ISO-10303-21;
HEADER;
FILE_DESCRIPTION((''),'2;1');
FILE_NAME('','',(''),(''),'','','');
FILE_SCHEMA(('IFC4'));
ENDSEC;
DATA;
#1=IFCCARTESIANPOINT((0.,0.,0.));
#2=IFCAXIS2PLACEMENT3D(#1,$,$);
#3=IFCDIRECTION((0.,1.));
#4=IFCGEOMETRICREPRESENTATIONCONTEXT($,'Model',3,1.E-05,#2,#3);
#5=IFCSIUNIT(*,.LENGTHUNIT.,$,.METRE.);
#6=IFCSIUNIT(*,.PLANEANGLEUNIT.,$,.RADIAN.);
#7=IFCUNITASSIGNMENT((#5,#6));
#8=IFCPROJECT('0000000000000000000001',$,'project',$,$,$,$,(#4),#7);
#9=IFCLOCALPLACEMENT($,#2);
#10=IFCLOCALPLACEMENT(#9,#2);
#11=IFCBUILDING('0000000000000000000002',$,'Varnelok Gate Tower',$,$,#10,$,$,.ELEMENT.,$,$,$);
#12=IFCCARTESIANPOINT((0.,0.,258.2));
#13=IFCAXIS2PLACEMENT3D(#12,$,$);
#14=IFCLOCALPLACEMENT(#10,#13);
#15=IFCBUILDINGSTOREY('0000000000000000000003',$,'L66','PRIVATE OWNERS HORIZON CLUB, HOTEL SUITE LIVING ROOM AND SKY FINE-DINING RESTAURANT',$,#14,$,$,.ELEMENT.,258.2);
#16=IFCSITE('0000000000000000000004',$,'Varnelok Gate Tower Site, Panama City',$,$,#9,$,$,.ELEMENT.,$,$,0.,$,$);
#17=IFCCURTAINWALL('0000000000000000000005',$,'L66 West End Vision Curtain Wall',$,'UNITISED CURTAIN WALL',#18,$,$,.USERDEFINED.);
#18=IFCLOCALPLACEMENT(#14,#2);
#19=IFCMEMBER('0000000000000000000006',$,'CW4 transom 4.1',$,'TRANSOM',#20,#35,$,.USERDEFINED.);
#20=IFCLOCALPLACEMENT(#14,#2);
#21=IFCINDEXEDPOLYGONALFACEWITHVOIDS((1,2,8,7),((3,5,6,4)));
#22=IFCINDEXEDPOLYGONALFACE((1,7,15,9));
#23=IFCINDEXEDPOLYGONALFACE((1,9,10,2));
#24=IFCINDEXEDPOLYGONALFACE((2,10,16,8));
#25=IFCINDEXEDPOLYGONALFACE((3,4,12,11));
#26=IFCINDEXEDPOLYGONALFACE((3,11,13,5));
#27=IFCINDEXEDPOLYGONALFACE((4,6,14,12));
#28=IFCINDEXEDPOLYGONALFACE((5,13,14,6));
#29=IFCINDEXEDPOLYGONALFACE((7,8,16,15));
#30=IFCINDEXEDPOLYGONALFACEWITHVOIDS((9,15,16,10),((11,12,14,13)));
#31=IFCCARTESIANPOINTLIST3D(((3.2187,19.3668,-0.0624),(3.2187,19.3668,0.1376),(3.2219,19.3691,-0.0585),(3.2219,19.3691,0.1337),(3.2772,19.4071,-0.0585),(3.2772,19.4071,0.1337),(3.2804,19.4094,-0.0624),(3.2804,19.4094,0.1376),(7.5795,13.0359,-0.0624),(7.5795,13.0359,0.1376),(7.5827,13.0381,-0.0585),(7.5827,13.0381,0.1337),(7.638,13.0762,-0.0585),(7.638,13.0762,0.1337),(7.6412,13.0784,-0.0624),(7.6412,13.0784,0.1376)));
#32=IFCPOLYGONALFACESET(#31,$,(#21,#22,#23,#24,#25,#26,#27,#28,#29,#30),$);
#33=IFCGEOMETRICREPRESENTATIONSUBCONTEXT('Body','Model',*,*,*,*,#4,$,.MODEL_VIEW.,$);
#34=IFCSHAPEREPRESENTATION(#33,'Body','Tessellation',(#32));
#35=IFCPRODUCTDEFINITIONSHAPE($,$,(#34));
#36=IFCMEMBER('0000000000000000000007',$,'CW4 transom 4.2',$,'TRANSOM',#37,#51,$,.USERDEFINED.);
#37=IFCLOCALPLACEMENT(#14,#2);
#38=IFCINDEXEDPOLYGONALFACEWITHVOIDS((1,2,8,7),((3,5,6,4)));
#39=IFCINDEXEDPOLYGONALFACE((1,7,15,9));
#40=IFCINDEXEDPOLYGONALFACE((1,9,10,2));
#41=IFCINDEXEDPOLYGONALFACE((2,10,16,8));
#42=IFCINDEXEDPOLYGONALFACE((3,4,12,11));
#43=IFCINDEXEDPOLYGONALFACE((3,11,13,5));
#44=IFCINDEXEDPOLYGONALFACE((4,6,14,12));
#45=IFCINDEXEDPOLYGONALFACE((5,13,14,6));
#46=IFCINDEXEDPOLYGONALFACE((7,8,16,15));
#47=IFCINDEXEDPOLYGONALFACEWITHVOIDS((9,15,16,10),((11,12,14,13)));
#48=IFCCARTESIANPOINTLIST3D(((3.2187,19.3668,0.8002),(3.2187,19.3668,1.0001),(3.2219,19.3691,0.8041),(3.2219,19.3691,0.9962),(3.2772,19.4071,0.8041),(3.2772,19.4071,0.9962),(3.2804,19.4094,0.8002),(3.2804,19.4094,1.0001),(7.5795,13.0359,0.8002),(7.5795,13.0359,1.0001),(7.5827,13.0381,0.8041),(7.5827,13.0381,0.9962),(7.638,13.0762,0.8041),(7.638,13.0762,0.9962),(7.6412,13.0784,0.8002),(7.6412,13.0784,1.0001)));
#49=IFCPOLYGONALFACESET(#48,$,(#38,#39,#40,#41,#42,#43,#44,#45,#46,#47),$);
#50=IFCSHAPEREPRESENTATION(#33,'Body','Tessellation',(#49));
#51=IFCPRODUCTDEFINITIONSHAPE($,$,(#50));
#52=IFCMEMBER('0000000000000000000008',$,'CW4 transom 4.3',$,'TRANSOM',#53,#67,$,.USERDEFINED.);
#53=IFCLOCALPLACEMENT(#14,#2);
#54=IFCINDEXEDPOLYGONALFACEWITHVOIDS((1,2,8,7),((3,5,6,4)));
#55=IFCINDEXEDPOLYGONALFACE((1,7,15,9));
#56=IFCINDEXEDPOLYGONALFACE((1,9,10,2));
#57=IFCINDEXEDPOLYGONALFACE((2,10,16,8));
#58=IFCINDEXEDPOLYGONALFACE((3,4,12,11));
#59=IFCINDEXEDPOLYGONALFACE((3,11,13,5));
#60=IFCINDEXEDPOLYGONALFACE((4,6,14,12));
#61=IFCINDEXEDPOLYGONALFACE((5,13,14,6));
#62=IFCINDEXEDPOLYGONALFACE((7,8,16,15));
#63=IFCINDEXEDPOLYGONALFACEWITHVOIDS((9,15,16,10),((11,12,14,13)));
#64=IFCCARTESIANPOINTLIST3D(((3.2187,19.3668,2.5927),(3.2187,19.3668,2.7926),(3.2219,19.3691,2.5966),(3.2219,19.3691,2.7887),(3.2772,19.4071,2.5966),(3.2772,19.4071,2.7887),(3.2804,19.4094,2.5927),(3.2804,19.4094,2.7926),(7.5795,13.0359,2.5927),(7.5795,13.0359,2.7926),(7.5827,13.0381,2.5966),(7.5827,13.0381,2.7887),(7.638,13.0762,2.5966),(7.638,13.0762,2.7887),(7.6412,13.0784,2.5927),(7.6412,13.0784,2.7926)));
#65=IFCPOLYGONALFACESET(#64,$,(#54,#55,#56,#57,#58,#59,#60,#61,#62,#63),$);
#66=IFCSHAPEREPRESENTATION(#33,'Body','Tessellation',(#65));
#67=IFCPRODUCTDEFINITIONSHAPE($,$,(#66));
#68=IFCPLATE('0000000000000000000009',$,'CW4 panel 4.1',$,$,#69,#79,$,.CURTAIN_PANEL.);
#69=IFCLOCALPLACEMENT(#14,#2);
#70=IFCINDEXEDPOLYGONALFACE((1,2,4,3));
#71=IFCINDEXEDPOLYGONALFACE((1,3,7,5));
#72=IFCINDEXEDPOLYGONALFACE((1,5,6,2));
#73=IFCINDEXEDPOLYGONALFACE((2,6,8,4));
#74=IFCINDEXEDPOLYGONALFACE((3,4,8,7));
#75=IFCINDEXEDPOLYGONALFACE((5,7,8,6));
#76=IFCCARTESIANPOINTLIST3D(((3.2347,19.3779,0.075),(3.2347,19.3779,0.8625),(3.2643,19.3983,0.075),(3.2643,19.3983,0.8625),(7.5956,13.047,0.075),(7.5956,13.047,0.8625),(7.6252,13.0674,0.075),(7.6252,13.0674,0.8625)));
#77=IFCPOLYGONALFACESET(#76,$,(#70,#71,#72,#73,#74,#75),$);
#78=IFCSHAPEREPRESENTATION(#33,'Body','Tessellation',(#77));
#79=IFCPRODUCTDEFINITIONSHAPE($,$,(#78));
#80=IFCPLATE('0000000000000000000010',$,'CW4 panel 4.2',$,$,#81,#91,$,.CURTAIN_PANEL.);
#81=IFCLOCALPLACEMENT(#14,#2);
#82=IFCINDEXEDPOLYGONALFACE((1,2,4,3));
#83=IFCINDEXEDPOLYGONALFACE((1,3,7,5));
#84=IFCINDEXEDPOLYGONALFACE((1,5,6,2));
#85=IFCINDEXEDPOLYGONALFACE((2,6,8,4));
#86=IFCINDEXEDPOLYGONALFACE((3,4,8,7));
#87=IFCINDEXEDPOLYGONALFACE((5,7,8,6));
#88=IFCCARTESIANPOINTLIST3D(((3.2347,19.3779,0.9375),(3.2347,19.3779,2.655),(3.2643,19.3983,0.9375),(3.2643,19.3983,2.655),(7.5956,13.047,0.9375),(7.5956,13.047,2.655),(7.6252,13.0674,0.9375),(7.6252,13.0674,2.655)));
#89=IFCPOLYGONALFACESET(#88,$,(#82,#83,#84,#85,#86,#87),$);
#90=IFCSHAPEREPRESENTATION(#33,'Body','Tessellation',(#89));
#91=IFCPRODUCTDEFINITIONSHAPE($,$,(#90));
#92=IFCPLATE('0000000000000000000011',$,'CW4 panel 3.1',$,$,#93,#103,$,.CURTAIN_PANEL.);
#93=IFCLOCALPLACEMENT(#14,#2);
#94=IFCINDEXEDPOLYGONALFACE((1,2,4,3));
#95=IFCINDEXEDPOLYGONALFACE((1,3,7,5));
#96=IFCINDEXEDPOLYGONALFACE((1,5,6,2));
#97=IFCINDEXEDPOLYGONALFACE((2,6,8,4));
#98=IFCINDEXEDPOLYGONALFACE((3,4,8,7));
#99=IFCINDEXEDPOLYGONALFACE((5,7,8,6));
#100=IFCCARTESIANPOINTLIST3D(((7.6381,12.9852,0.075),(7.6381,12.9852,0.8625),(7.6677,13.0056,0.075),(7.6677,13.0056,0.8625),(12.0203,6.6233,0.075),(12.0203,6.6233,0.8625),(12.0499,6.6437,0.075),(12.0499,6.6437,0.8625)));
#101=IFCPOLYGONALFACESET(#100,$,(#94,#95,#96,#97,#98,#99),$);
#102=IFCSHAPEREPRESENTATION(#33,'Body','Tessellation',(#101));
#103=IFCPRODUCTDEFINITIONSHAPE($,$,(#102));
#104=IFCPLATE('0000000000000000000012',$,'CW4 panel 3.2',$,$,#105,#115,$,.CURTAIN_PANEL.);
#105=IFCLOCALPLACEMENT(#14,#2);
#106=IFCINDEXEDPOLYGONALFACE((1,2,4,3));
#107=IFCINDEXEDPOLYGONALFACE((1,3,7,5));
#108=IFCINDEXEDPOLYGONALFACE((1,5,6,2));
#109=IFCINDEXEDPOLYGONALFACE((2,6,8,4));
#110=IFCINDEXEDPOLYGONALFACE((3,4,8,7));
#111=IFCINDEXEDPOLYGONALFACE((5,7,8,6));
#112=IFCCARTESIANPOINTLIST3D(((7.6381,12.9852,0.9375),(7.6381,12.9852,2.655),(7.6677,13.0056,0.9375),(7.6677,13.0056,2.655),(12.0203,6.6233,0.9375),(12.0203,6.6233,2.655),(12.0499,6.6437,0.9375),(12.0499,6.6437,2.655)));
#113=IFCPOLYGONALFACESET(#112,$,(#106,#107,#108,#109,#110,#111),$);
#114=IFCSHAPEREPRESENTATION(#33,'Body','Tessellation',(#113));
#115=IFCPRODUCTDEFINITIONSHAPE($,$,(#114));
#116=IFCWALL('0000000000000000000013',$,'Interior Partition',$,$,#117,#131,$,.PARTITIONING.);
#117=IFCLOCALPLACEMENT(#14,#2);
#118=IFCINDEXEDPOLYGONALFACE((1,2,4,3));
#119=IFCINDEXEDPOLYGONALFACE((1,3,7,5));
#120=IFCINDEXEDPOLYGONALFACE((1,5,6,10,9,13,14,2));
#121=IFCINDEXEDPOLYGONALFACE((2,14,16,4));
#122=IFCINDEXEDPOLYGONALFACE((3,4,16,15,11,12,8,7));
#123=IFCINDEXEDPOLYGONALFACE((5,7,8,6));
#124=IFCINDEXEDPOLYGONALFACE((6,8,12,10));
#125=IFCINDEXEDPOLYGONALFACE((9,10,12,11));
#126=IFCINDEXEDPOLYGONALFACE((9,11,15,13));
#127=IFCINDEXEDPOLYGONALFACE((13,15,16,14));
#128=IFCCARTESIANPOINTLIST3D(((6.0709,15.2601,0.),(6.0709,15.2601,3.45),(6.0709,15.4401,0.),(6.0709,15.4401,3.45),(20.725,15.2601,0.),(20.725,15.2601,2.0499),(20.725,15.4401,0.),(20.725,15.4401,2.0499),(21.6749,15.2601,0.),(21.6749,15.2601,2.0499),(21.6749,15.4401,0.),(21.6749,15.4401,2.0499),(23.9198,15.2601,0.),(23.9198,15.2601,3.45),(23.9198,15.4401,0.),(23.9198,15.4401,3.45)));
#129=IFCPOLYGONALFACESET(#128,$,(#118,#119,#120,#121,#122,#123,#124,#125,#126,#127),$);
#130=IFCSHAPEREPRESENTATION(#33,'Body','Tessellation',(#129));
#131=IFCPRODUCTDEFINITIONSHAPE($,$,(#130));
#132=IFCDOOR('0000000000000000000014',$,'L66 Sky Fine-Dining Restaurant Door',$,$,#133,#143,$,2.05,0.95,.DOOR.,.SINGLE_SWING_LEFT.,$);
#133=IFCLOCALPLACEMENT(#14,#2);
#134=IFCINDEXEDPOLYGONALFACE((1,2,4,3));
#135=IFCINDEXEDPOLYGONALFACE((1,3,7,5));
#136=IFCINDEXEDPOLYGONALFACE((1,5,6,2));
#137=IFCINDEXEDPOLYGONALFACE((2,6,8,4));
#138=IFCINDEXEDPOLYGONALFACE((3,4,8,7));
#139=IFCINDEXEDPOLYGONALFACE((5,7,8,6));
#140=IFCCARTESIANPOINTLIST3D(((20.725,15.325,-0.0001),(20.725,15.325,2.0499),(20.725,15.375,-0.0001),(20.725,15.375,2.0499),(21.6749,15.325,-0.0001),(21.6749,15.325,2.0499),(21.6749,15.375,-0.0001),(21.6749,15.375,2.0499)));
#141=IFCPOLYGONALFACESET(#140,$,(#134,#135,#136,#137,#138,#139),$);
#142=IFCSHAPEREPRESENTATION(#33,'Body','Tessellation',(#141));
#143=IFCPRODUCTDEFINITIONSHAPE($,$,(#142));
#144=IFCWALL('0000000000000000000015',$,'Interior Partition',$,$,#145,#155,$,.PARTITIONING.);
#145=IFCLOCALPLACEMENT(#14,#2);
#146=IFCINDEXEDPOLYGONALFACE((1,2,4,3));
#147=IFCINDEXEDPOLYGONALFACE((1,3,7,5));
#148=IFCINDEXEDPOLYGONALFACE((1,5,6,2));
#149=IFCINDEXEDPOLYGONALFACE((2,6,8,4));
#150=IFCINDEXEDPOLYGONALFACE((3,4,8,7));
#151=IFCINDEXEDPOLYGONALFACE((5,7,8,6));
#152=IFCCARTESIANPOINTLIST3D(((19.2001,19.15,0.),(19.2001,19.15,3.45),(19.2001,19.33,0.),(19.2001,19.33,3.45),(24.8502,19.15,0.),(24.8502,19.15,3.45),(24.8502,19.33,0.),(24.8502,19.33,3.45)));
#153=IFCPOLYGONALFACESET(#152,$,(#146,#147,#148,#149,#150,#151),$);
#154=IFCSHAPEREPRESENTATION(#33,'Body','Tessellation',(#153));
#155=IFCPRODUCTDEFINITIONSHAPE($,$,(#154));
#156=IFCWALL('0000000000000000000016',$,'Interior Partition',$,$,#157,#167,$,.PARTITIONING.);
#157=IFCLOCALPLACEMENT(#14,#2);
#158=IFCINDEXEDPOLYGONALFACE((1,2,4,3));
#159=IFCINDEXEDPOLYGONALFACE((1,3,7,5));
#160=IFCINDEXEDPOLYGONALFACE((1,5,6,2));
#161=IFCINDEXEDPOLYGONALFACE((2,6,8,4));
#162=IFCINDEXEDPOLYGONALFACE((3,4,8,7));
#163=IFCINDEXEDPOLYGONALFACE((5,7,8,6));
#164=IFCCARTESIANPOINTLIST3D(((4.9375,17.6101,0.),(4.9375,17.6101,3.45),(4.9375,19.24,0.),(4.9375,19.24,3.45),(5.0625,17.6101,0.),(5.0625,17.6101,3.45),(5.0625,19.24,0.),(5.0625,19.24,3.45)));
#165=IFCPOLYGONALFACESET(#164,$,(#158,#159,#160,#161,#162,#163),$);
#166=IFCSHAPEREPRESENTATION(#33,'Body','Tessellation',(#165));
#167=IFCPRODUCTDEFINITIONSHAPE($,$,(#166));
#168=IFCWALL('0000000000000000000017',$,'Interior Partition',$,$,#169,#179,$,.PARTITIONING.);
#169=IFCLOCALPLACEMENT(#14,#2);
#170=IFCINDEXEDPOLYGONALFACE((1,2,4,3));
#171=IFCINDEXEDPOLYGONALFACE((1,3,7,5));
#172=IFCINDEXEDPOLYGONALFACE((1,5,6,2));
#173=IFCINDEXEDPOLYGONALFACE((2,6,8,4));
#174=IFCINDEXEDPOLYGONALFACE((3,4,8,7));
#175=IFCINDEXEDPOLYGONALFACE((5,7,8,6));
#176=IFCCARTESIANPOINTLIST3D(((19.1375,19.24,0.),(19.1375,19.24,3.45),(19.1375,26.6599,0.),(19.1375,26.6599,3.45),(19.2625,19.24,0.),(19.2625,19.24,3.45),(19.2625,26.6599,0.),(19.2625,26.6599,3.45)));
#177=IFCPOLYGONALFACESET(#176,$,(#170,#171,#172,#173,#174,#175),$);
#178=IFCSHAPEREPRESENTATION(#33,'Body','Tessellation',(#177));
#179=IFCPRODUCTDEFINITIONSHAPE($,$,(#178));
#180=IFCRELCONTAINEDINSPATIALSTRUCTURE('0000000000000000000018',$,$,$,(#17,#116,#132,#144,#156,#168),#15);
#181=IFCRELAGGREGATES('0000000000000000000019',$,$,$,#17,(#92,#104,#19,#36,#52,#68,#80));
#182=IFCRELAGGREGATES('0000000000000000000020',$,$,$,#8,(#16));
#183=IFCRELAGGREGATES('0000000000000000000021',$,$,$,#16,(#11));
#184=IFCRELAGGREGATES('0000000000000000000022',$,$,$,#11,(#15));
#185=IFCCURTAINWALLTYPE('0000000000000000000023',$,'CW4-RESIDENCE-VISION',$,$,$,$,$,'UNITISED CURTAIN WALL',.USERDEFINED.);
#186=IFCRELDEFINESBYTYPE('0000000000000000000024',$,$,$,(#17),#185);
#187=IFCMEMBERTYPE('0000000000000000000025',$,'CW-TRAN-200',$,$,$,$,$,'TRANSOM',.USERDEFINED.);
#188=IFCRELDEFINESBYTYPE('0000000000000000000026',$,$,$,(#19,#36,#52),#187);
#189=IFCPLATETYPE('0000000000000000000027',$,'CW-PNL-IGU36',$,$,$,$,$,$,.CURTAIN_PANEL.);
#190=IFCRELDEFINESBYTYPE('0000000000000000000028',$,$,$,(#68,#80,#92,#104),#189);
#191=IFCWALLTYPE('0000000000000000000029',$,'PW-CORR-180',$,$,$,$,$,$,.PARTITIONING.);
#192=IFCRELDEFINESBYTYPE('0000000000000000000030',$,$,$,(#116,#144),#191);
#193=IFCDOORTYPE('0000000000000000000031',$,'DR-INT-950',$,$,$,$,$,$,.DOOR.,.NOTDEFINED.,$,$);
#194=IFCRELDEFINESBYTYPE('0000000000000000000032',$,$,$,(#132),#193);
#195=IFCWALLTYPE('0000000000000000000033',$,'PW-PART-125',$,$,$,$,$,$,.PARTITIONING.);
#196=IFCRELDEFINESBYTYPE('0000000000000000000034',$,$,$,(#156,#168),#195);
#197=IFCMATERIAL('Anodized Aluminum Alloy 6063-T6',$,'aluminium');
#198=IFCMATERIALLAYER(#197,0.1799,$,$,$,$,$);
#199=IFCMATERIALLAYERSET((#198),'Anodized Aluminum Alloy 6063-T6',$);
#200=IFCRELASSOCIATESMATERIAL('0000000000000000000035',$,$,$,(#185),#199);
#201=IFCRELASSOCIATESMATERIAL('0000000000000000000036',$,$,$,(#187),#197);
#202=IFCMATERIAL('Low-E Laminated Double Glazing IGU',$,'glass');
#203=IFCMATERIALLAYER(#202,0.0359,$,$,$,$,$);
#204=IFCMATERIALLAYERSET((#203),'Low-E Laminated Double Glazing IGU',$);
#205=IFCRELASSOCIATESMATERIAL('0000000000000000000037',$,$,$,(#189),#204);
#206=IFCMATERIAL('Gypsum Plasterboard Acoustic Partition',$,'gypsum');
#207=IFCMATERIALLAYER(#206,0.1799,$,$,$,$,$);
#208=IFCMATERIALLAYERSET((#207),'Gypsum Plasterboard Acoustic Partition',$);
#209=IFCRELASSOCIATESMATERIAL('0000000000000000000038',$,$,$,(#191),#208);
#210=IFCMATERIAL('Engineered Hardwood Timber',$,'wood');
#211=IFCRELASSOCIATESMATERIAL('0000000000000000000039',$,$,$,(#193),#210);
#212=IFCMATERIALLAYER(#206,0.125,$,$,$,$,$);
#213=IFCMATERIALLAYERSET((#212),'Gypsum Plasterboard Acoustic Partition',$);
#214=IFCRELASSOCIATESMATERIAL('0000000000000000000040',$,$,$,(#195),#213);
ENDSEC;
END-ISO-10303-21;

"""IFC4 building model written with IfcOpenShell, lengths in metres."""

from ifc_helpers import new_model, si_unit, direction, frame, frame_2d, origin, origin_2d, place, context, subcontext, project, spatial, rectangle, hollow_rectangle, extrude, source, transform, mapped, material, layer, layer_set, material_profile, profile_set, type_object, element, fill, aggregate, save


model = new_model("IFC4")

# Units and contexts
model_context = context("Model", 3, precision=1e-05, world=origin(), true_north=direction((0.0, 1.0)))
body_context = subcontext(model_context, "Body", "Model", "MODEL_VIEW")
ifc_project = project(units=[si_unit("LENGTHUNIT", "METRE"), si_unit("PLANEANGLEUNIT", "RADIAN")], contexts=[model_context])

# Site, building, storey
site_placement = place(None, origin())
site = spatial("IfcSite", under=ifc_project, at=site_placement, Name="Varnelok Gate Tower Site, Panama City", CompositionType="ELEMENT", RefElevation=0.0)
building_placement = place(site_placement, origin())
building = spatial("IfcBuilding", under=site, at=building_placement, Name="Varnelok Gate Tower", CompositionType="ELEMENT")
storey_placement = place(building_placement, frame((0.0, 0.0, 258.2)))
storey = spatial("IfcBuildingStorey", under=building, at=storey_placement, Name="L66", Description="PRIVATE OWNERS HORIZON CLUB, HOTEL SUITE LIVING ROOM AND SKY FINE-DINING RESTAURANT", CompositionType="ELEMENT", Elevation=258.2)

# Curtain wall, members, plates
ifc_material_1 = material(Name="Anodized Aluminum Alloy 6063-T6", Category="aluminium")
ifc_layer_1 = layer(ifc_material_1, 0.1799)
ifc_layer_set_1 = layer_set([ifc_layer_1], Name="Anodized Aluminum Alloy 6063-T6")
curtain_wall_type = type_object("IfcCurtainWallType", Name="CW4-RESIDENCE-VISION", ElementType="UNITISED CURTAIN WALL", PredefinedType="USERDEFINED", material=ifc_layer_set_1)
curtain_wall_placement = place(storey_placement, origin())
curtain_wall = element("IfcCurtainWall", 1, at=curtain_wall_placement, inside=storey, type_object=curtain_wall_type, Name="L66 West End Vision Curtain Wall", ObjectType="UNITISED CURTAIN WALL", PredefinedType="USERDEFINED")
ifc_material_profile_1 = material_profile(ifc_material_1, hollow_rectangle(XDim=0.075, YDim=0.2, WallThickness=0.0039, at=origin_2d()), Name="ALU200X75X4")
ifc_profile_set_1 = profile_set([ifc_material_profile_1], Name="Anodized Aluminum Alloy 6063-T6")
member_type_1 = type_object("IfcMemberType", Name="CW-TRAN-200", ElementType="TRANSOM", PredefinedType="USERDEFINED", material=ifc_profile_set_1)
member_1_placement = place(storey_placement, frame((7.6104, 13.0571, 0.0376), z_axis=(-0.567256, 0.823541, 0.0), x_axis=(-0.823541, -0.567256, 0.0)))
member_1 = element("IfcMember", 2, at=member_1_placement, type_object=member_type_1, Name="CW4 transom 4.1", ObjectType="TRANSOM", PredefinedType="USERDEFINED", context=body_context, shape_type="SweptSolid", body=[
    extrude(hollow_rectangle(XDim=0.075, YDim=0.2, WallThickness=0.0039, at=origin_2d()), origin(), (0.0, 0.0, 1.0), 7.6875),
])
member_2_placement = place(storey_placement, frame((7.6104, 13.0571, 0.9001), z_axis=(-0.567256, 0.823541, 0.0), x_axis=(-0.823541, -0.567256, 0.0)))
member_2 = element("IfcMember", 3, at=member_2_placement, type_object=member_type_1, Name="CW4 transom 4.2", ObjectType="TRANSOM", PredefinedType="USERDEFINED", context=body_context, shape_type="SweptSolid", body=[
    extrude(hollow_rectangle(XDim=0.075, YDim=0.2, WallThickness=0.0039, at=origin_2d()), origin(), (0.0, 0.0, 1.0), 7.6875),
])
member_3_placement = place(storey_placement, frame((7.6104, 13.0571, 2.6926), z_axis=(-0.567256, 0.823541, 0.0), x_axis=(-0.823541, -0.567256, 0.0)))
member_3 = element("IfcMember", 4, at=member_3_placement, type_object=member_type_1, Name="CW4 transom 4.3", ObjectType="TRANSOM", PredefinedType="USERDEFINED", context=body_context, shape_type="SweptSolid", body=[
    extrude(hollow_rectangle(XDim=0.075, YDim=0.2, WallThickness=0.0039, at=origin_2d()), origin(), (0.0, 0.0, 1.0), 7.6875),
])
ifc_material_2 = material(Name="Low-E Laminated Double Glazing IGU", Category="glass")
ifc_layer_2 = layer(ifc_material_2, 0.0359)
ifc_layer_set_2 = layer_set([ifc_layer_2], Name="Low-E Laminated Double Glazing IGU")
plate_type = type_object("IfcPlateType", Name="CW-PNL-IGU36", PredefinedType="CURTAIN_PANEL", material=ifc_layer_set_2)
shared_shape_1 = source(origin(), body_context, "Body", "SweptSolid", [
    extrude(rectangle(XDim=7.6875, YDim=0.0359, at=origin_2d()), origin(), (0.0, 0.0, 1.0), 0.7876),
])
plate_1_placement = place(storey_placement, frame((5.4299, 16.2227, 0.075), z_axis=(0.0, 0.0, 1.0), x_axis=(-0.567269, 0.823532, 0.0)))
plate_1 = element("IfcPlate", 5, at=plate_1_placement, type_object=plate_type, Name="CW4 panel 4.1", PredefinedType="CURTAIN_PANEL", context=body_context, shape_type="MappedRepresentation", body=[
    mapped(shared_shape_1, transform((0.0, 0.0, 0.0), scale=1.0)),
])
shared_shape_2 = source(origin(), body_context, "Body", "SweptSolid", [
    extrude(rectangle(XDim=7.6875, YDim=0.0359, at=origin_2d()), origin(), (0.0, 0.0, 1.0), 1.7175),
])
plate_2_placement = place(storey_placement, frame((5.4299, 16.2227, 0.9375), z_axis=(0.0, 0.0, 1.0), x_axis=(-0.567269, 0.823532, 0.0)))
plate_2 = element("IfcPlate", 6, at=plate_2_placement, type_object=plate_type, Name="CW4 panel 4.2", PredefinedType="CURTAIN_PANEL", context=body_context, shape_type="MappedRepresentation", body=[
    mapped(shared_shape_2, transform((0.0, 0.0, 0.0), scale=1.0)),
])
shared_shape_3 = source(origin(), body_context, "Body", "SweptSolid", [
    extrude(rectangle(XDim=7.7251, YDim=0.0359, at=origin_2d()), origin(), (0.0, 0.0, 1.0), 0.7876),
])
plate_3_placement = place(storey_placement, frame((9.844, 9.8145, 0.075), z_axis=(0.0, 0.0, 1.0), x_axis=(-0.567269, 0.823532, 0.0)))
plate_3 = element("IfcPlate", 7, at=plate_3_placement, type_object=plate_type, Name="CW4 panel 3.1", PredefinedType="CURTAIN_PANEL", context=body_context, shape_type="MappedRepresentation", body=[
    mapped(shared_shape_3, transform((0.0, 0.0, 0.0), scale=1.0)),
])
shared_shape_4 = source(origin(), body_context, "Body", "SweptSolid", [
    extrude(rectangle(XDim=7.7251, YDim=0.0359, at=origin_2d()), origin(), (0.0, 0.0, 1.0), 1.7175),
])
plate_4_placement = place(storey_placement, frame((9.844, 9.8145, 0.9375), z_axis=(0.0, 0.0, 1.0), x_axis=(-0.567269, 0.823532, 0.0)))
plate_4 = element("IfcPlate", 8, at=plate_4_placement, type_object=plate_type, Name="CW4 panel 3.2", PredefinedType="CURTAIN_PANEL", context=body_context, shape_type="MappedRepresentation", body=[
    mapped(shared_shape_4, transform((0.0, 0.0, 0.0), scale=1.0)),
])
aggregate(curtain_wall, [plate_3, plate_4, member_1, member_2, member_3, plate_1, plate_2])

# Wall, opening, door
ifc_material_3 = material(Name="Gypsum Plasterboard Acoustic Partition", Category="gypsum")
ifc_layer_3 = layer(ifc_material_3, 0.1799)
ifc_layer_set_3 = layer_set([ifc_layer_3], Name="Gypsum Plasterboard Acoustic Partition")
wall_type_1 = type_object("IfcWallType", Name="PW-CORR-180", PredefinedType="PARTITIONING", material=ifc_layer_set_3)
wall_1_placement = place(storey_placement, frame((6.071, 15.3501, 0.0), z_axis=(0.0, 0.0, 1.0), x_axis=(1.0, 0.0, 0.0)))
wall_1 = element("IfcWall", 9, at=wall_1_placement, inside=storey, type_object=wall_type_1, Name="Interior Partition", PredefinedType="PARTITIONING", context=body_context, shape_type="SweptSolid", body=[
    extrude(rectangle(XDim=17.8489, YDim=0.1799, at=frame_2d((8.9243, 0.0))), origin(), (0.0, 0.0, 1.0), 3.45),
])
opening_1_placement = place(wall_1_placement, frame((14.6538, 0.0, 0.0)))
opening_1 = element("IfcOpeningElement", 10, at=opening_1_placement, cuts=wall_1, PredefinedType="OPENING", context=body_context, shape_type="SweptSolid", body=[
    extrude(rectangle(XDim=0.95, YDim=2.05, at=frame_2d((0.4751, 1.0249))), frame((0.0, 0.0999, 0.0), z_axis=(0.0, -1.0, 0.0), x_axis=(1.0, 0.0, 0.0)), (0.0, 0.0, 1.0), 0.2),
])
ifc_material_4 = material(Name="Engineered Hardwood Timber", Category="wood")
door_type_1 = type_object("IfcDoorType", Name="DR-INT-950", OperationType="NOTDEFINED", PredefinedType="DOOR", material=ifc_material_4)
door_1_placement = place(opening_1_placement, origin())
door_1 = element("IfcDoor", 11, at=door_1_placement, inside=storey, type_object=door_type_1, Name="L66 Sky Fine-Dining Restaurant Door", OperationType="SINGLE_SWING_LEFT", OverallHeight=2.05, OverallWidth=0.95, PredefinedType="DOOR", context=body_context, shape_type="SweptSolid", body=[
    extrude(rectangle(XDim=0.95, YDim=2.05, at=frame_2d((0.4751, 1.0249))), frame((0.0, 0.0249, 0.0), z_axis=(0.0, -1.0, 0.0), x_axis=(1.0, 0.0, 0.0)), (0.0, 0.0, 1.0), 0.05),
])
fill(opening_1, door_1)

# Walls
wall_2_placement = place(storey_placement, frame((19.2, 19.24, 0.0), z_axis=(0.0, 0.0, 1.0), x_axis=(1.0, 0.0, 0.0)))
element("IfcWall", 12, at=wall_2_placement, inside=storey, type_object=wall_type_1, Name="Interior Partition", PredefinedType="PARTITIONING", context=body_context, shape_type="SweptSolid", body=[
    extrude(rectangle(XDim=5.6501, YDim=0.1799, at=frame_2d((2.8252, 0.0))), origin(), (0.0, 0.0, 1.0), 3.45),
])
ifc_layer_4 = layer(ifc_material_3, 0.125)
ifc_layer_set_4 = layer_set([ifc_layer_4], Name="Gypsum Plasterboard Acoustic Partition")
wall_type_2 = type_object("IfcWallType", Name="PW-PART-125", PredefinedType="PARTITIONING", material=ifc_layer_set_4)
wall_3_placement = place(storey_placement, frame((5.0, 17.6101, 0.0), z_axis=(0.0, 0.0, 1.0), x_axis=(0.0, 1.0, 0.0)))
element("IfcWall", 13, at=wall_3_placement, inside=storey, type_object=wall_type_2, Name="Interior Partition", PredefinedType="PARTITIONING", context=body_context, shape_type="SweptSolid", body=[
    extrude(rectangle(XDim=1.6299, YDim=0.125, at=frame_2d((0.8149, 0.0))), origin(), (0.0, 0.0, 1.0), 3.45),
])
wall_4_placement = place(storey_placement, frame((19.2, 19.24, 0.0), z_axis=(0.0, 0.0, 1.0), x_axis=(0.0, 1.0, 0.0)))
element("IfcWall", 14, at=wall_4_placement, inside=storey, type_object=wall_type_2, Name="Interior Partition", PredefinedType="PARTITIONING", context=body_context, shape_type="SweptSolid", body=[
    extrude(rectangle(XDim=7.4199, YDim=0.125, at=frame_2d((3.71, 0.0))), origin(), (0.0, 0.0, 1.0), 3.45),
])

save(model, "model.ifc")
